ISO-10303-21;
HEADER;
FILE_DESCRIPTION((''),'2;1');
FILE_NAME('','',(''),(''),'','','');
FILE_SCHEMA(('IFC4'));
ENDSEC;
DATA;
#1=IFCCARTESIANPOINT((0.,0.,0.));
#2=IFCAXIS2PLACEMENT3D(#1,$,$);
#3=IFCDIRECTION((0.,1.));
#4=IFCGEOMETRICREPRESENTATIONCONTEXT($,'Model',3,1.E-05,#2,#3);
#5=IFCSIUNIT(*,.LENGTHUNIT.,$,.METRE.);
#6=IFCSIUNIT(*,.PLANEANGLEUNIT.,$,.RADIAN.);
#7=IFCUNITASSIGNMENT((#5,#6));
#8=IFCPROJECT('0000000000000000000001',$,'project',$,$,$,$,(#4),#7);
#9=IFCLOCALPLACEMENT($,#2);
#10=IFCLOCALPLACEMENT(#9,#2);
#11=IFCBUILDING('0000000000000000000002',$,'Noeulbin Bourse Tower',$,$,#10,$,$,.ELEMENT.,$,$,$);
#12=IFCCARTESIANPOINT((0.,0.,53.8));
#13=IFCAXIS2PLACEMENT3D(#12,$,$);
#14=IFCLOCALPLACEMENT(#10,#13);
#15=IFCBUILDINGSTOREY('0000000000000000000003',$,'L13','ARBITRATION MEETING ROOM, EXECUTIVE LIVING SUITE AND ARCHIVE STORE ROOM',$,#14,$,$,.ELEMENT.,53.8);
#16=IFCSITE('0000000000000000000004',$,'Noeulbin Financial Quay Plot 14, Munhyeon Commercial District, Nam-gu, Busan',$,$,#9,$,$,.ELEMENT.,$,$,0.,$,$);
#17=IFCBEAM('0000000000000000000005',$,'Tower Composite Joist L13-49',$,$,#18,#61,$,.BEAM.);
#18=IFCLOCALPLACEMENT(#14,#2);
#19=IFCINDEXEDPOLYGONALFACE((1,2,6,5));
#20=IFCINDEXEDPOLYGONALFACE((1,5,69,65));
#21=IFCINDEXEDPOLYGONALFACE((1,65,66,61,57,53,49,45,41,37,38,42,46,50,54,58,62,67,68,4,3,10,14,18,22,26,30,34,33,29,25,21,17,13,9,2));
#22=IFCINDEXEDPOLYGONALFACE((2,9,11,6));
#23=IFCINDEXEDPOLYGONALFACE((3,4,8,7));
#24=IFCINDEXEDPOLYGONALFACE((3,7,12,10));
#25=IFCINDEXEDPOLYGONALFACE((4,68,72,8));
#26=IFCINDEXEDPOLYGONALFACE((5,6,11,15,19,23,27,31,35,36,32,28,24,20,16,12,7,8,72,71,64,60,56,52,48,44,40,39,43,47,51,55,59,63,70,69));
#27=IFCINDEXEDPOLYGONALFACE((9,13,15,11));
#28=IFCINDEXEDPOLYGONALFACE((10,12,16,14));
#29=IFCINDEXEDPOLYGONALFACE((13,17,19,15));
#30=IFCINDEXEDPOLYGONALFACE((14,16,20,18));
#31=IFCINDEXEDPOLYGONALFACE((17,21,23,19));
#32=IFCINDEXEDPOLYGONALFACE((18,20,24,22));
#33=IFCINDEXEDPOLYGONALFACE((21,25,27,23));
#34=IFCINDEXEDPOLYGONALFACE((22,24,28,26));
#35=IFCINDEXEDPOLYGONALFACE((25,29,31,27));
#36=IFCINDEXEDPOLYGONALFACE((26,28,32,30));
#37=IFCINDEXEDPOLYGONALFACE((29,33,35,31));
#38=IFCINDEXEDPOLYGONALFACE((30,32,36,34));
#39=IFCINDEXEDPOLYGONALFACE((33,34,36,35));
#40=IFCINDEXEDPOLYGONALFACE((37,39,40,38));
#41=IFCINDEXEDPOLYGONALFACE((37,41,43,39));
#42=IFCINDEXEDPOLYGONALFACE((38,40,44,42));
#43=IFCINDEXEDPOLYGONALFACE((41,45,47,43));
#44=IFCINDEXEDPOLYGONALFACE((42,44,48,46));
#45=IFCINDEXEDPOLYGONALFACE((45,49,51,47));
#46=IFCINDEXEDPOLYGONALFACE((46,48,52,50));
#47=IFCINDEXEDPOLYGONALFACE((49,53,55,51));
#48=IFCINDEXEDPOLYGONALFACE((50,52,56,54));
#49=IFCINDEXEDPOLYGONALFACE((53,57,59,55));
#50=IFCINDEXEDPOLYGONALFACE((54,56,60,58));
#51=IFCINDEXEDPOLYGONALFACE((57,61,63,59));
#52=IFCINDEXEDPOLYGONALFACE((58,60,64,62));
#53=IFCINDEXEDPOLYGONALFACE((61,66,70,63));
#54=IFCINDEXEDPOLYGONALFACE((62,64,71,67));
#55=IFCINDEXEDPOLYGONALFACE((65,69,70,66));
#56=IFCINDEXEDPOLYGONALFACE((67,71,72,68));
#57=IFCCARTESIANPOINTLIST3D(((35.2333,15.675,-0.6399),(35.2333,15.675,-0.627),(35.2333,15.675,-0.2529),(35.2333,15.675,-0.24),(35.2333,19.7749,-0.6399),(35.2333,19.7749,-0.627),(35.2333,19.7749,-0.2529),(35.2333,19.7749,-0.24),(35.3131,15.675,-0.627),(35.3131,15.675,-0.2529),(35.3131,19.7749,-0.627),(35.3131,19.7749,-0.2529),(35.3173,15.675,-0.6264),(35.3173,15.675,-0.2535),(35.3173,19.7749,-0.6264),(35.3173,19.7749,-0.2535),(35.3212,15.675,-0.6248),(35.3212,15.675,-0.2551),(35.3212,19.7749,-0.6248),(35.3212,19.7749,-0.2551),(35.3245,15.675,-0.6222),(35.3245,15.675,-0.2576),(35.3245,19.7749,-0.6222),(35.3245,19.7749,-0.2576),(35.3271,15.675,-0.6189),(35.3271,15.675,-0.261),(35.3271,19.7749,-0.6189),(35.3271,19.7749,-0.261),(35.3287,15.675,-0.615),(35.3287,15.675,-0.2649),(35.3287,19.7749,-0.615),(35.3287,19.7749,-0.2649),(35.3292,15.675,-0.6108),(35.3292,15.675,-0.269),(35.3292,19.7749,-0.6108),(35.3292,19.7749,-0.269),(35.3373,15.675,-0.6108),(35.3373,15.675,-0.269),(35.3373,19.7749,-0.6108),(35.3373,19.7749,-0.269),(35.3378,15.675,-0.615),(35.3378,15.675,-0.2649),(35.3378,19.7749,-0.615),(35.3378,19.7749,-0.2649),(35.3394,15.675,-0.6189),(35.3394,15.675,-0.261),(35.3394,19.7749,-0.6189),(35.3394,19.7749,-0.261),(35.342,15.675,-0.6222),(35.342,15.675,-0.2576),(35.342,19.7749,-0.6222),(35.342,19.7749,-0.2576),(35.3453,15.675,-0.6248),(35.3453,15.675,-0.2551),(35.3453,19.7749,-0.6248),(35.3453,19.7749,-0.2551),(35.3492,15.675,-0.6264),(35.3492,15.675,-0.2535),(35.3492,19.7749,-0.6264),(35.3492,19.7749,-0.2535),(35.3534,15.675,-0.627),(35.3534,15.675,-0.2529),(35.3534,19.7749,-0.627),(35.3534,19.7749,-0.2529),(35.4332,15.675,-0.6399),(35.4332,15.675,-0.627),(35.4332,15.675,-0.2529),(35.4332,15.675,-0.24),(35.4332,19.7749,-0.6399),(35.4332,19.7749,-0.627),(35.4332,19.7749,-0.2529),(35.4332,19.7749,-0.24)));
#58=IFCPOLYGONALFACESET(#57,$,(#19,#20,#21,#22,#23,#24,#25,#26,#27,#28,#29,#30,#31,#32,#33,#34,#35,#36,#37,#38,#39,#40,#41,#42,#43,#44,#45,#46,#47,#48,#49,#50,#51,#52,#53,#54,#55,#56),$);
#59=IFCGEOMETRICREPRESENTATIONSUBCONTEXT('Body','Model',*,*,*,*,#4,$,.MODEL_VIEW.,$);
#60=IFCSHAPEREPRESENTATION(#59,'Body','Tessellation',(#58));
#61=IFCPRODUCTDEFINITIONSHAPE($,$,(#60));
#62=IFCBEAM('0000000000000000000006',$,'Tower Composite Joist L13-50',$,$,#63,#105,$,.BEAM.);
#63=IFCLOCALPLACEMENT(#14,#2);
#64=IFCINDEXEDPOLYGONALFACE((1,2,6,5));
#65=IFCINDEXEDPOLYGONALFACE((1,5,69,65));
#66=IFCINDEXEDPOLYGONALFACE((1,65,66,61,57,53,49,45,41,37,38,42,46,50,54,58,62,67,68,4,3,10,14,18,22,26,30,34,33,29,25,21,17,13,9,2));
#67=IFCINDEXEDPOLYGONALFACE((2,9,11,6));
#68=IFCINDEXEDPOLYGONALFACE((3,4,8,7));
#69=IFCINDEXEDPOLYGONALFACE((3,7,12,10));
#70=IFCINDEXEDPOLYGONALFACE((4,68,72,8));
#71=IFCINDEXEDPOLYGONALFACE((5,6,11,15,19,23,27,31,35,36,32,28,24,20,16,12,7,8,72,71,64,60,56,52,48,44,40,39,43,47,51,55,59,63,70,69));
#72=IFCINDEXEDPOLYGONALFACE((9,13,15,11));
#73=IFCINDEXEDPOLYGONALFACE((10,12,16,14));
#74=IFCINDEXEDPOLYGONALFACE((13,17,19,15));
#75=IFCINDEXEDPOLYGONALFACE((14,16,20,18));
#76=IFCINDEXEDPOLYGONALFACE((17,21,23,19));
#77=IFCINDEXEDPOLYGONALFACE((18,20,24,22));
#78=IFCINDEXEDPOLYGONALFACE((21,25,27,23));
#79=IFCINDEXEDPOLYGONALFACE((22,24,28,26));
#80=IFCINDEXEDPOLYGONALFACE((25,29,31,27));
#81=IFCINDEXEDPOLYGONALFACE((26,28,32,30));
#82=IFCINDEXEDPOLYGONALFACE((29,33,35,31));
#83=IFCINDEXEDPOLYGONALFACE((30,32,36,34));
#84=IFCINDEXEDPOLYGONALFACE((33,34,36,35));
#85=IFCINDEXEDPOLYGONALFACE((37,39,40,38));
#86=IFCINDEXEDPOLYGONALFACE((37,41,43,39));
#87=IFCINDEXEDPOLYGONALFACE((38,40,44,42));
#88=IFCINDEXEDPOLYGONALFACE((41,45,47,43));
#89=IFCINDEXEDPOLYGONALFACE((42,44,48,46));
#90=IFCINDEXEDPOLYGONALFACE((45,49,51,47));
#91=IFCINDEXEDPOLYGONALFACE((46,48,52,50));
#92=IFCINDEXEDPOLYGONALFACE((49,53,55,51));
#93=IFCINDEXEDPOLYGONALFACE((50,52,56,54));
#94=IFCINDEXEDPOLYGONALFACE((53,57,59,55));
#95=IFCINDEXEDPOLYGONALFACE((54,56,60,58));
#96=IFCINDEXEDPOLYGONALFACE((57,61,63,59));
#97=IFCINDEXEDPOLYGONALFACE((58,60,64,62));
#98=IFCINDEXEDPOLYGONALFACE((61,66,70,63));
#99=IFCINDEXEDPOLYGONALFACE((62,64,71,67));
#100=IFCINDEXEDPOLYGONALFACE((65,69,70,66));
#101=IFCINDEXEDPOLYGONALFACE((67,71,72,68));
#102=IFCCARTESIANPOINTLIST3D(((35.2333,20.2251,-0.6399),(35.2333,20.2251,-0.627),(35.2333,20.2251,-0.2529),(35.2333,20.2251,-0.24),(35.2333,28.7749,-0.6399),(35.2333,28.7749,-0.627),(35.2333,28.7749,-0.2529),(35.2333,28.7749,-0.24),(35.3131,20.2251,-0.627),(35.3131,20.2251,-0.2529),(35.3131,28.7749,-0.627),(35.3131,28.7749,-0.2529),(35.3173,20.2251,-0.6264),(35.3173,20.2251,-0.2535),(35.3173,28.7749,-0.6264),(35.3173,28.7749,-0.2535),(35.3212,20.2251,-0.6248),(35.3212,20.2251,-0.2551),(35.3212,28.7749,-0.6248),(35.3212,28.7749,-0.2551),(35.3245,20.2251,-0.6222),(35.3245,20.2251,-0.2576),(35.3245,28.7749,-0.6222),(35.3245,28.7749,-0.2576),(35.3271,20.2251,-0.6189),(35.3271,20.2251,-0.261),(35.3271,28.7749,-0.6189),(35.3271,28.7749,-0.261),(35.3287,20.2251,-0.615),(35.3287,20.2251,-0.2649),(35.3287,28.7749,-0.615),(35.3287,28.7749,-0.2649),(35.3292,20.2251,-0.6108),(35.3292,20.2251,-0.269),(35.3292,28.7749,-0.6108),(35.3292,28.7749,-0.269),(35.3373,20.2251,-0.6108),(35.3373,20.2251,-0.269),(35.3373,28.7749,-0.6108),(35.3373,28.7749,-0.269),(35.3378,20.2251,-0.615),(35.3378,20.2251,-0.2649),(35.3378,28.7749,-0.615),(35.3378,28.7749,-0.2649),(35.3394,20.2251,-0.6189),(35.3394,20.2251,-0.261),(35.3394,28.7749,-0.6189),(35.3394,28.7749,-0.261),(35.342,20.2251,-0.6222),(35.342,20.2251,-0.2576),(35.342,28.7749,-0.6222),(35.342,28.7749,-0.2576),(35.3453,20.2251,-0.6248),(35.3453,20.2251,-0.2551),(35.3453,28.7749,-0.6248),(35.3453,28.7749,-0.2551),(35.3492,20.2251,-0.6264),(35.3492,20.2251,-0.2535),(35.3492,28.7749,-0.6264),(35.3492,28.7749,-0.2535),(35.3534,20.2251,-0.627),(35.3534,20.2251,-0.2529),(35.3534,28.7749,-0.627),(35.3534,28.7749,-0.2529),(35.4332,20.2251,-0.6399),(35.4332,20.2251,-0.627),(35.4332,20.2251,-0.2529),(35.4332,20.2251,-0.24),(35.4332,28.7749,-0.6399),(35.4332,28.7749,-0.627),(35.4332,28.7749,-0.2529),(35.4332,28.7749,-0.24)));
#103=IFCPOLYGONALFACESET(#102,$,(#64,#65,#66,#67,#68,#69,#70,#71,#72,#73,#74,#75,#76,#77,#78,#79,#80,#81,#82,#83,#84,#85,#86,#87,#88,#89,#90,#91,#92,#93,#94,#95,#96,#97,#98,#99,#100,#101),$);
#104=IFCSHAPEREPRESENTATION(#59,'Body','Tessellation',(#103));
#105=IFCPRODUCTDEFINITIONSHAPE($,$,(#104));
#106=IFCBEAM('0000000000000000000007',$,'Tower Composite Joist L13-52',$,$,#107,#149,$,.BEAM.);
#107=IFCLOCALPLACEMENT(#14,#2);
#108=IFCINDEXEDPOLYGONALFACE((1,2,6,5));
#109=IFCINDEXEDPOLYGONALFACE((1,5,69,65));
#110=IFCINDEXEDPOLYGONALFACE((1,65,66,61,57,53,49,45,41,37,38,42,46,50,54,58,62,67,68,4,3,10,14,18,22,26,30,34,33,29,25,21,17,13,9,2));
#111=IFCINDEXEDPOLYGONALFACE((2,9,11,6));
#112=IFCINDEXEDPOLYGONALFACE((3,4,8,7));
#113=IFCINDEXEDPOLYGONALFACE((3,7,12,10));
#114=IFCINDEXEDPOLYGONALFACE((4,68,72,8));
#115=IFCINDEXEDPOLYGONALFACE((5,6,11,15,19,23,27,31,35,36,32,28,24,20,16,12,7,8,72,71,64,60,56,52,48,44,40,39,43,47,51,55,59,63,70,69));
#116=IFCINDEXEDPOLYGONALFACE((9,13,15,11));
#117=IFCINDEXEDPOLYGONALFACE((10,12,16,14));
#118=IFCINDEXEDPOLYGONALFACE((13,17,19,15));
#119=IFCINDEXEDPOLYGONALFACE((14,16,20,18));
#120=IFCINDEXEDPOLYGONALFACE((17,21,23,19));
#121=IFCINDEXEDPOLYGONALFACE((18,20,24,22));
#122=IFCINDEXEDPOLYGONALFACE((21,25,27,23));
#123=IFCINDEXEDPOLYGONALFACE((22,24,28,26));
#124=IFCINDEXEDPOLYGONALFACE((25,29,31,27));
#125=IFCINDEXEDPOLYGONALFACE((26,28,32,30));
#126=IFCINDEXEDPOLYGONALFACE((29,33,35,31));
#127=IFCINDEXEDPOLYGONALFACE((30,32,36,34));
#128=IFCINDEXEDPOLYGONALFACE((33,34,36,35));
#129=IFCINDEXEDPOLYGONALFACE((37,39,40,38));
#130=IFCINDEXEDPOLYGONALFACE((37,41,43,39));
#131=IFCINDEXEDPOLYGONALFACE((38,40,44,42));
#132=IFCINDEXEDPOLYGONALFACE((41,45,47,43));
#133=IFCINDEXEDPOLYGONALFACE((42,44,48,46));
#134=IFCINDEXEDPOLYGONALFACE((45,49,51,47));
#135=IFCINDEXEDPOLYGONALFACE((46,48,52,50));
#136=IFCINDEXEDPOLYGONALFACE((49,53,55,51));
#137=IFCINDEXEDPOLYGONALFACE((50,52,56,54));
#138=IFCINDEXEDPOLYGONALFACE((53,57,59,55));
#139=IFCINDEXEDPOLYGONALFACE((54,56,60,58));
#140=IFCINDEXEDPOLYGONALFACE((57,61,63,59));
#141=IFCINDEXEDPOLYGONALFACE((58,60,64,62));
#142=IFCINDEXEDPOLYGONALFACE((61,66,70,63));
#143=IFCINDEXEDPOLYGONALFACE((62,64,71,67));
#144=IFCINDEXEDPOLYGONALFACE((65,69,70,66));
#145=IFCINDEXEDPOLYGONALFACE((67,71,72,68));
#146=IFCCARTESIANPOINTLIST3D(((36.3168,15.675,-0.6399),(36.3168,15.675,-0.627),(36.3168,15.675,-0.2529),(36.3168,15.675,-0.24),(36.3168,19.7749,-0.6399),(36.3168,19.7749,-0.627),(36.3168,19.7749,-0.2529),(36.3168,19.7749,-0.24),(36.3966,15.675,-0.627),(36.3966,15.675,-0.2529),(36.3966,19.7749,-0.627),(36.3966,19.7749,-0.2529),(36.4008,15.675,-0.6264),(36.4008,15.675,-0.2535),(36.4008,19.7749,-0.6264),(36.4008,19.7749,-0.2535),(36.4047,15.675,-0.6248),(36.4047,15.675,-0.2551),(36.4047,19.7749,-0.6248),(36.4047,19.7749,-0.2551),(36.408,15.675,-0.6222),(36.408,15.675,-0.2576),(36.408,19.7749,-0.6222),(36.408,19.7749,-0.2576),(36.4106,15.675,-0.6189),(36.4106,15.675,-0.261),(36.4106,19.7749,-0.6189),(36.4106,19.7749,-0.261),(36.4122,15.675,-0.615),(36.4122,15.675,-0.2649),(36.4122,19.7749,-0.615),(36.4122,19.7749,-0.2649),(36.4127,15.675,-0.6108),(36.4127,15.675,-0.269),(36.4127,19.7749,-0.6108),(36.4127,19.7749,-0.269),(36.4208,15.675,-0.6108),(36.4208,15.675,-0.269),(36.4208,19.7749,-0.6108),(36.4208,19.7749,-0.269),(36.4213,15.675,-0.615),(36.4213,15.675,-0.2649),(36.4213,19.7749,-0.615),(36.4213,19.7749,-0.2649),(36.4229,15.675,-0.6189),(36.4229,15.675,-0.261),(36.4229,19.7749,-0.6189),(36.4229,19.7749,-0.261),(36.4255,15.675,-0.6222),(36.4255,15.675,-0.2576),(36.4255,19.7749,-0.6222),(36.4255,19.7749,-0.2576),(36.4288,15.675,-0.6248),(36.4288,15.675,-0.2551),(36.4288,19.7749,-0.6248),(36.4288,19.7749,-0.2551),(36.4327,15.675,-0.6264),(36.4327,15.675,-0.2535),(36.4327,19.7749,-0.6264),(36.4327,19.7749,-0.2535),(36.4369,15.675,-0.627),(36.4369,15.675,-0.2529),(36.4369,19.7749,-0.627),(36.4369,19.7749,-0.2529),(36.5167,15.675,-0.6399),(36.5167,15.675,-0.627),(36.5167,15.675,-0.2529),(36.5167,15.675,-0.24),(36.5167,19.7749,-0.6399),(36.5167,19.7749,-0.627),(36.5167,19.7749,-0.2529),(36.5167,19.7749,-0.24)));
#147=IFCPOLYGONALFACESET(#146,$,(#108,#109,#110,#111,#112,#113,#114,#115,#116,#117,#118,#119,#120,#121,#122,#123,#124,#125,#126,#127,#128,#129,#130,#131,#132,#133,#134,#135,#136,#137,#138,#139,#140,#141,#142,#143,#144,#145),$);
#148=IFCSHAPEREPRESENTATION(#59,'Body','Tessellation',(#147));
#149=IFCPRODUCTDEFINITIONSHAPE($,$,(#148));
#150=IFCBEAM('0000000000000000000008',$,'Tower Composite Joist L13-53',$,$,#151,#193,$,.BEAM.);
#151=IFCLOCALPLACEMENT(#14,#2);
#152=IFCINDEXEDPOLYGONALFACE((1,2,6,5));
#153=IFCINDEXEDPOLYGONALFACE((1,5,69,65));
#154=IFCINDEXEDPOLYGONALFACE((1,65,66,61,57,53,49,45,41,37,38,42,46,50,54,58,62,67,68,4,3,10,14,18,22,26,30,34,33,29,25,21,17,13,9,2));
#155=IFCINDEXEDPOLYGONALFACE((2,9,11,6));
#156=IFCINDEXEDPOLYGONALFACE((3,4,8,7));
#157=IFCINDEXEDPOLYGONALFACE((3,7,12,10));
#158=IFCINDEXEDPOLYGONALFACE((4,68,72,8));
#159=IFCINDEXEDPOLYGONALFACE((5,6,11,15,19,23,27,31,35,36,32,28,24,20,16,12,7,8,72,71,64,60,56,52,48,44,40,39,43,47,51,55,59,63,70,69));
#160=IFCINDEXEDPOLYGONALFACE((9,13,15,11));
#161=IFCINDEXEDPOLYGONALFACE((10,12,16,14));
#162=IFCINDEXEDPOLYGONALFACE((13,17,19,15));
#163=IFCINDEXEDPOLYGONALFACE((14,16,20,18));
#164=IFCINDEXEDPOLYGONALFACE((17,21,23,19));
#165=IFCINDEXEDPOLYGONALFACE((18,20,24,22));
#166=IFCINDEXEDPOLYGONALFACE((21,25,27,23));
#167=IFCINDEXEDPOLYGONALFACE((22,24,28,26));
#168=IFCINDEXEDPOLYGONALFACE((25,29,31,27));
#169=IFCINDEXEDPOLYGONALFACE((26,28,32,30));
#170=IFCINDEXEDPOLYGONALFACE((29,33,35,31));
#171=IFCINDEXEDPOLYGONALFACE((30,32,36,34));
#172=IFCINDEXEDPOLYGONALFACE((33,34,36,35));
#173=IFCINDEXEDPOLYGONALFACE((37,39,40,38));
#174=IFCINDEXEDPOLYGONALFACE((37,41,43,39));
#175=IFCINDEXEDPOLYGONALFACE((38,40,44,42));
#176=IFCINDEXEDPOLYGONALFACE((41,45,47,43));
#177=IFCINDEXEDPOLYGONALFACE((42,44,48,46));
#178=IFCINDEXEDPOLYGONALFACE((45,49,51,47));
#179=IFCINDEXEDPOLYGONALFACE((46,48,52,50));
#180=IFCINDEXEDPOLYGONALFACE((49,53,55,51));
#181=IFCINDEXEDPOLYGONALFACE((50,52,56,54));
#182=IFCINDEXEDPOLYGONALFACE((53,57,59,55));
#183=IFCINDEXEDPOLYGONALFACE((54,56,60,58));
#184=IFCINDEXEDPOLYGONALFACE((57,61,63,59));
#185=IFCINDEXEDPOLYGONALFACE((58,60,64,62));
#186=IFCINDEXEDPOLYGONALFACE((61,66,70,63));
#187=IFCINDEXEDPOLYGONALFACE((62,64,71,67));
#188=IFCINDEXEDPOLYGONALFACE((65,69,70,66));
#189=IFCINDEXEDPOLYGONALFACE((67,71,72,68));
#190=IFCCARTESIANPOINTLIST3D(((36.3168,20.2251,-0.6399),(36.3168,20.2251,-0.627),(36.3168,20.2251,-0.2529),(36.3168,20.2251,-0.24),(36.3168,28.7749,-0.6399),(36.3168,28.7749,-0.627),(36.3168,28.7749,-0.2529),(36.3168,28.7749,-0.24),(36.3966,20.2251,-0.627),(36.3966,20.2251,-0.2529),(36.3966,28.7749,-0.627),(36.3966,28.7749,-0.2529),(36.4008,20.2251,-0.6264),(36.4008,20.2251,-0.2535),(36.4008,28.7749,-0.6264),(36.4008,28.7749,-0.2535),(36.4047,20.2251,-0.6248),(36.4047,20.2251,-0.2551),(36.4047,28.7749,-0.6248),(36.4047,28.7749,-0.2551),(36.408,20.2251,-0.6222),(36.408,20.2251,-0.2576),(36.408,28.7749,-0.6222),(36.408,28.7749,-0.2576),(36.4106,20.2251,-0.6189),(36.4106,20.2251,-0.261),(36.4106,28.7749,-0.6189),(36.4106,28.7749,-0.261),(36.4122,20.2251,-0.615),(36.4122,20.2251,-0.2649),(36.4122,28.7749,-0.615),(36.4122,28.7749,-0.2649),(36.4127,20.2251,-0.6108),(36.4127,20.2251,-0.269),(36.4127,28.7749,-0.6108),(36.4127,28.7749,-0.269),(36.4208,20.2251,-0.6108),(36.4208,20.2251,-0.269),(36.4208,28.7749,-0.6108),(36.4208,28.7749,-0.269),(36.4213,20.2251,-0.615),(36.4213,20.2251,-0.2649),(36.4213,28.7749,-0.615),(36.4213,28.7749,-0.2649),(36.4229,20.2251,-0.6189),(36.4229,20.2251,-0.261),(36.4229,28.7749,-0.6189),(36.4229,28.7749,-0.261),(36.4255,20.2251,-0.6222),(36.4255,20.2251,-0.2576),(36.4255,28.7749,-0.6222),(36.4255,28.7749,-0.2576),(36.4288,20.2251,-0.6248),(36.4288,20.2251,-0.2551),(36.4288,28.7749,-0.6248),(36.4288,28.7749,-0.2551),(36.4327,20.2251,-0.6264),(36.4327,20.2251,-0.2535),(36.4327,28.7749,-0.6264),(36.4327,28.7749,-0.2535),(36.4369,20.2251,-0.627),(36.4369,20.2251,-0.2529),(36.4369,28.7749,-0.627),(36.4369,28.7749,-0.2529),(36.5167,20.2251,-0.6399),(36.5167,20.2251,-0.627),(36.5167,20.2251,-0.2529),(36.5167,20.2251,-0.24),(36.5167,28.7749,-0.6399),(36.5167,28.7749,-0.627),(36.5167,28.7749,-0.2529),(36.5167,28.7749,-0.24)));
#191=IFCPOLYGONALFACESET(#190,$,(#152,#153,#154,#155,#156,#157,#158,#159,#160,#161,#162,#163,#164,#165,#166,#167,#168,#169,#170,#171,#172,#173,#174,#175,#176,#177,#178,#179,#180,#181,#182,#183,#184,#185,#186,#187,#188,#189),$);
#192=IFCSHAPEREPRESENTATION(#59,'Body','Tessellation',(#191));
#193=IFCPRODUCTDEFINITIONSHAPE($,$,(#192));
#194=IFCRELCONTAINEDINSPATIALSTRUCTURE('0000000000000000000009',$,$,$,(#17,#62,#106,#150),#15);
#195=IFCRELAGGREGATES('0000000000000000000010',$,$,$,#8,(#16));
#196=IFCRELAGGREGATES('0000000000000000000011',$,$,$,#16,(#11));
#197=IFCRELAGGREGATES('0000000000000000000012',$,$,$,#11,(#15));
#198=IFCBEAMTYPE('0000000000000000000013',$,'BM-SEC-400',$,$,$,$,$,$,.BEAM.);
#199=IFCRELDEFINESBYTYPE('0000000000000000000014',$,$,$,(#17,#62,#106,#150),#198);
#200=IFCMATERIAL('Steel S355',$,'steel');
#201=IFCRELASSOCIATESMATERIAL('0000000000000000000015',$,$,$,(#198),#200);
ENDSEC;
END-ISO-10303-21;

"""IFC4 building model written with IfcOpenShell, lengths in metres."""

from ifc_helpers import new_model, si_unit, direction, frame, origin, origin_2d, place, context, subcontext, project, spatial, i_section, extrude, material, material_profile, profile_set, type_object, element, save


model = new_model("IFC4")

# Units and contexts
model_context = context("Model", 3, precision=1e-05, world=origin(), true_north=direction((0.0, 1.0)))
body_context = subcontext(model_context, "Body", "Model", "MODEL_VIEW")
ifc_project = project(units=[si_unit("LENGTHUNIT", "METRE"), si_unit("PLANEANGLEUNIT", "RADIAN")], contexts=[model_context])

# Site, building, storey
site_placement = place(None, origin())
site = spatial("IfcSite", under=ifc_project, at=site_placement, Name="Noeulbin Financial Quay Plot 14, Munhyeon Commercial District, Nam-gu, Busan", CompositionType="ELEMENT", RefElevation=0.0)
building_placement = place(site_placement, origin())
building = spatial("IfcBuilding", under=site, at=building_placement, Name="Noeulbin Bourse Tower", CompositionType="ELEMENT")
storey_placement = place(building_placement, frame((0.0, 0.0, 53.8)))
storey = spatial("IfcBuildingStorey", under=building, at=storey_placement, Name="L13", Description="ARBITRATION MEETING ROOM, EXECUTIVE LIVING SUITE AND ARCHIVE STORE ROOM", CompositionType="ELEMENT", Elevation=53.8)

# Beams
ifc_material_1 = material(Name="Steel S355", Category="steel")
ifc_material_profile_1 = material_profile(ifc_material_1, i_section(OverallWidth=0.2, OverallDepth=0.3999, WebThickness=0.0081, FlangeThickness=0.0129, FilletRadius=0.0161, at=origin_2d()), Name="H-400x200x8x13", Category="LoadBearing")
ifc_profile_set_1 = profile_set([ifc_material_profile_1], Name="Steel S355")
beam_type_1 = type_object("IfcBeamType", Name="BM-SEC-400", PredefinedType="BEAM", material=ifc_profile_set_1)
beam_1_placement = place(storey_placement, frame((35.3333, 15.675, -0.4399), z_axis=(0.0, 1.0, 0.0), x_axis=(-1.0, 0.0, 0.0)))
element("IfcBeam", 1, at=beam_1_placement, inside=storey, type_object=beam_type_1, Name="Tower Composite Joist L13-49", PredefinedType="BEAM", context=body_context, shape_type="SweptSolid", body=[
    extrude(i_section(OverallWidth=0.2, OverallDepth=0.3999, WebThickness=0.0081, FlangeThickness=0.0129, FilletRadius=0.0161, at=origin_2d()), origin(), (0.0, 0.0, 1.0), 4.0999),
])
beam_2_placement = place(storey_placement, frame((35.3333, 20.2251, -0.4399), z_axis=(0.0, 1.0, 0.0), x_axis=(-1.0, 0.0, 0.0)))
element("IfcBeam", 2, at=beam_2_placement, inside=storey, type_object=beam_type_1, Name="Tower Composite Joist L13-50", PredefinedType="BEAM", context=body_context, shape_type="SweptSolid", body=[
    extrude(i_section(OverallWidth=0.2, OverallDepth=0.3999, WebThickness=0.0081, FlangeThickness=0.0129, FilletRadius=0.0161, at=origin_2d()), origin(), (0.0, 0.0, 1.0), 8.5498),
])
beam_3_placement = place(storey_placement, frame((36.4167, 15.675, -0.4399), z_axis=(0.0, 1.0, 0.0), x_axis=(-1.0, 0.0, 0.0)))
element("IfcBeam", 3, at=beam_3_placement, inside=storey, type_object=beam_type_1, Name="Tower Composite Joist L13-52", PredefinedType="BEAM", context=body_context, shape_type="SweptSolid", body=[
    extrude(i_section(OverallWidth=0.2, OverallDepth=0.3999, WebThickness=0.0081, FlangeThickness=0.0129, FilletRadius=0.0161, at=origin_2d()), origin(), (0.0, 0.0, 1.0), 4.0999),
])
beam_4_placement = place(storey_placement, frame((36.4167, 20.2251, -0.4399), z_axis=(0.0, 1.0, 0.0), x_axis=(-1.0, 0.0, 0.0)))
element("IfcBeam", 4, at=beam_4_placement, inside=storey, type_object=beam_type_1, Name="Tower Composite Joist L13-53", PredefinedType="BEAM", context=body_context, shape_type="SweptSolid", body=[
    extrude(i_section(OverallWidth=0.2, OverallDepth=0.3999, WebThickness=0.0081, FlangeThickness=0.0129, FilletRadius=0.0161, at=origin_2d()), origin(), (0.0, 0.0, 1.0), 8.5498),
])

save(model, "model.ifc")
